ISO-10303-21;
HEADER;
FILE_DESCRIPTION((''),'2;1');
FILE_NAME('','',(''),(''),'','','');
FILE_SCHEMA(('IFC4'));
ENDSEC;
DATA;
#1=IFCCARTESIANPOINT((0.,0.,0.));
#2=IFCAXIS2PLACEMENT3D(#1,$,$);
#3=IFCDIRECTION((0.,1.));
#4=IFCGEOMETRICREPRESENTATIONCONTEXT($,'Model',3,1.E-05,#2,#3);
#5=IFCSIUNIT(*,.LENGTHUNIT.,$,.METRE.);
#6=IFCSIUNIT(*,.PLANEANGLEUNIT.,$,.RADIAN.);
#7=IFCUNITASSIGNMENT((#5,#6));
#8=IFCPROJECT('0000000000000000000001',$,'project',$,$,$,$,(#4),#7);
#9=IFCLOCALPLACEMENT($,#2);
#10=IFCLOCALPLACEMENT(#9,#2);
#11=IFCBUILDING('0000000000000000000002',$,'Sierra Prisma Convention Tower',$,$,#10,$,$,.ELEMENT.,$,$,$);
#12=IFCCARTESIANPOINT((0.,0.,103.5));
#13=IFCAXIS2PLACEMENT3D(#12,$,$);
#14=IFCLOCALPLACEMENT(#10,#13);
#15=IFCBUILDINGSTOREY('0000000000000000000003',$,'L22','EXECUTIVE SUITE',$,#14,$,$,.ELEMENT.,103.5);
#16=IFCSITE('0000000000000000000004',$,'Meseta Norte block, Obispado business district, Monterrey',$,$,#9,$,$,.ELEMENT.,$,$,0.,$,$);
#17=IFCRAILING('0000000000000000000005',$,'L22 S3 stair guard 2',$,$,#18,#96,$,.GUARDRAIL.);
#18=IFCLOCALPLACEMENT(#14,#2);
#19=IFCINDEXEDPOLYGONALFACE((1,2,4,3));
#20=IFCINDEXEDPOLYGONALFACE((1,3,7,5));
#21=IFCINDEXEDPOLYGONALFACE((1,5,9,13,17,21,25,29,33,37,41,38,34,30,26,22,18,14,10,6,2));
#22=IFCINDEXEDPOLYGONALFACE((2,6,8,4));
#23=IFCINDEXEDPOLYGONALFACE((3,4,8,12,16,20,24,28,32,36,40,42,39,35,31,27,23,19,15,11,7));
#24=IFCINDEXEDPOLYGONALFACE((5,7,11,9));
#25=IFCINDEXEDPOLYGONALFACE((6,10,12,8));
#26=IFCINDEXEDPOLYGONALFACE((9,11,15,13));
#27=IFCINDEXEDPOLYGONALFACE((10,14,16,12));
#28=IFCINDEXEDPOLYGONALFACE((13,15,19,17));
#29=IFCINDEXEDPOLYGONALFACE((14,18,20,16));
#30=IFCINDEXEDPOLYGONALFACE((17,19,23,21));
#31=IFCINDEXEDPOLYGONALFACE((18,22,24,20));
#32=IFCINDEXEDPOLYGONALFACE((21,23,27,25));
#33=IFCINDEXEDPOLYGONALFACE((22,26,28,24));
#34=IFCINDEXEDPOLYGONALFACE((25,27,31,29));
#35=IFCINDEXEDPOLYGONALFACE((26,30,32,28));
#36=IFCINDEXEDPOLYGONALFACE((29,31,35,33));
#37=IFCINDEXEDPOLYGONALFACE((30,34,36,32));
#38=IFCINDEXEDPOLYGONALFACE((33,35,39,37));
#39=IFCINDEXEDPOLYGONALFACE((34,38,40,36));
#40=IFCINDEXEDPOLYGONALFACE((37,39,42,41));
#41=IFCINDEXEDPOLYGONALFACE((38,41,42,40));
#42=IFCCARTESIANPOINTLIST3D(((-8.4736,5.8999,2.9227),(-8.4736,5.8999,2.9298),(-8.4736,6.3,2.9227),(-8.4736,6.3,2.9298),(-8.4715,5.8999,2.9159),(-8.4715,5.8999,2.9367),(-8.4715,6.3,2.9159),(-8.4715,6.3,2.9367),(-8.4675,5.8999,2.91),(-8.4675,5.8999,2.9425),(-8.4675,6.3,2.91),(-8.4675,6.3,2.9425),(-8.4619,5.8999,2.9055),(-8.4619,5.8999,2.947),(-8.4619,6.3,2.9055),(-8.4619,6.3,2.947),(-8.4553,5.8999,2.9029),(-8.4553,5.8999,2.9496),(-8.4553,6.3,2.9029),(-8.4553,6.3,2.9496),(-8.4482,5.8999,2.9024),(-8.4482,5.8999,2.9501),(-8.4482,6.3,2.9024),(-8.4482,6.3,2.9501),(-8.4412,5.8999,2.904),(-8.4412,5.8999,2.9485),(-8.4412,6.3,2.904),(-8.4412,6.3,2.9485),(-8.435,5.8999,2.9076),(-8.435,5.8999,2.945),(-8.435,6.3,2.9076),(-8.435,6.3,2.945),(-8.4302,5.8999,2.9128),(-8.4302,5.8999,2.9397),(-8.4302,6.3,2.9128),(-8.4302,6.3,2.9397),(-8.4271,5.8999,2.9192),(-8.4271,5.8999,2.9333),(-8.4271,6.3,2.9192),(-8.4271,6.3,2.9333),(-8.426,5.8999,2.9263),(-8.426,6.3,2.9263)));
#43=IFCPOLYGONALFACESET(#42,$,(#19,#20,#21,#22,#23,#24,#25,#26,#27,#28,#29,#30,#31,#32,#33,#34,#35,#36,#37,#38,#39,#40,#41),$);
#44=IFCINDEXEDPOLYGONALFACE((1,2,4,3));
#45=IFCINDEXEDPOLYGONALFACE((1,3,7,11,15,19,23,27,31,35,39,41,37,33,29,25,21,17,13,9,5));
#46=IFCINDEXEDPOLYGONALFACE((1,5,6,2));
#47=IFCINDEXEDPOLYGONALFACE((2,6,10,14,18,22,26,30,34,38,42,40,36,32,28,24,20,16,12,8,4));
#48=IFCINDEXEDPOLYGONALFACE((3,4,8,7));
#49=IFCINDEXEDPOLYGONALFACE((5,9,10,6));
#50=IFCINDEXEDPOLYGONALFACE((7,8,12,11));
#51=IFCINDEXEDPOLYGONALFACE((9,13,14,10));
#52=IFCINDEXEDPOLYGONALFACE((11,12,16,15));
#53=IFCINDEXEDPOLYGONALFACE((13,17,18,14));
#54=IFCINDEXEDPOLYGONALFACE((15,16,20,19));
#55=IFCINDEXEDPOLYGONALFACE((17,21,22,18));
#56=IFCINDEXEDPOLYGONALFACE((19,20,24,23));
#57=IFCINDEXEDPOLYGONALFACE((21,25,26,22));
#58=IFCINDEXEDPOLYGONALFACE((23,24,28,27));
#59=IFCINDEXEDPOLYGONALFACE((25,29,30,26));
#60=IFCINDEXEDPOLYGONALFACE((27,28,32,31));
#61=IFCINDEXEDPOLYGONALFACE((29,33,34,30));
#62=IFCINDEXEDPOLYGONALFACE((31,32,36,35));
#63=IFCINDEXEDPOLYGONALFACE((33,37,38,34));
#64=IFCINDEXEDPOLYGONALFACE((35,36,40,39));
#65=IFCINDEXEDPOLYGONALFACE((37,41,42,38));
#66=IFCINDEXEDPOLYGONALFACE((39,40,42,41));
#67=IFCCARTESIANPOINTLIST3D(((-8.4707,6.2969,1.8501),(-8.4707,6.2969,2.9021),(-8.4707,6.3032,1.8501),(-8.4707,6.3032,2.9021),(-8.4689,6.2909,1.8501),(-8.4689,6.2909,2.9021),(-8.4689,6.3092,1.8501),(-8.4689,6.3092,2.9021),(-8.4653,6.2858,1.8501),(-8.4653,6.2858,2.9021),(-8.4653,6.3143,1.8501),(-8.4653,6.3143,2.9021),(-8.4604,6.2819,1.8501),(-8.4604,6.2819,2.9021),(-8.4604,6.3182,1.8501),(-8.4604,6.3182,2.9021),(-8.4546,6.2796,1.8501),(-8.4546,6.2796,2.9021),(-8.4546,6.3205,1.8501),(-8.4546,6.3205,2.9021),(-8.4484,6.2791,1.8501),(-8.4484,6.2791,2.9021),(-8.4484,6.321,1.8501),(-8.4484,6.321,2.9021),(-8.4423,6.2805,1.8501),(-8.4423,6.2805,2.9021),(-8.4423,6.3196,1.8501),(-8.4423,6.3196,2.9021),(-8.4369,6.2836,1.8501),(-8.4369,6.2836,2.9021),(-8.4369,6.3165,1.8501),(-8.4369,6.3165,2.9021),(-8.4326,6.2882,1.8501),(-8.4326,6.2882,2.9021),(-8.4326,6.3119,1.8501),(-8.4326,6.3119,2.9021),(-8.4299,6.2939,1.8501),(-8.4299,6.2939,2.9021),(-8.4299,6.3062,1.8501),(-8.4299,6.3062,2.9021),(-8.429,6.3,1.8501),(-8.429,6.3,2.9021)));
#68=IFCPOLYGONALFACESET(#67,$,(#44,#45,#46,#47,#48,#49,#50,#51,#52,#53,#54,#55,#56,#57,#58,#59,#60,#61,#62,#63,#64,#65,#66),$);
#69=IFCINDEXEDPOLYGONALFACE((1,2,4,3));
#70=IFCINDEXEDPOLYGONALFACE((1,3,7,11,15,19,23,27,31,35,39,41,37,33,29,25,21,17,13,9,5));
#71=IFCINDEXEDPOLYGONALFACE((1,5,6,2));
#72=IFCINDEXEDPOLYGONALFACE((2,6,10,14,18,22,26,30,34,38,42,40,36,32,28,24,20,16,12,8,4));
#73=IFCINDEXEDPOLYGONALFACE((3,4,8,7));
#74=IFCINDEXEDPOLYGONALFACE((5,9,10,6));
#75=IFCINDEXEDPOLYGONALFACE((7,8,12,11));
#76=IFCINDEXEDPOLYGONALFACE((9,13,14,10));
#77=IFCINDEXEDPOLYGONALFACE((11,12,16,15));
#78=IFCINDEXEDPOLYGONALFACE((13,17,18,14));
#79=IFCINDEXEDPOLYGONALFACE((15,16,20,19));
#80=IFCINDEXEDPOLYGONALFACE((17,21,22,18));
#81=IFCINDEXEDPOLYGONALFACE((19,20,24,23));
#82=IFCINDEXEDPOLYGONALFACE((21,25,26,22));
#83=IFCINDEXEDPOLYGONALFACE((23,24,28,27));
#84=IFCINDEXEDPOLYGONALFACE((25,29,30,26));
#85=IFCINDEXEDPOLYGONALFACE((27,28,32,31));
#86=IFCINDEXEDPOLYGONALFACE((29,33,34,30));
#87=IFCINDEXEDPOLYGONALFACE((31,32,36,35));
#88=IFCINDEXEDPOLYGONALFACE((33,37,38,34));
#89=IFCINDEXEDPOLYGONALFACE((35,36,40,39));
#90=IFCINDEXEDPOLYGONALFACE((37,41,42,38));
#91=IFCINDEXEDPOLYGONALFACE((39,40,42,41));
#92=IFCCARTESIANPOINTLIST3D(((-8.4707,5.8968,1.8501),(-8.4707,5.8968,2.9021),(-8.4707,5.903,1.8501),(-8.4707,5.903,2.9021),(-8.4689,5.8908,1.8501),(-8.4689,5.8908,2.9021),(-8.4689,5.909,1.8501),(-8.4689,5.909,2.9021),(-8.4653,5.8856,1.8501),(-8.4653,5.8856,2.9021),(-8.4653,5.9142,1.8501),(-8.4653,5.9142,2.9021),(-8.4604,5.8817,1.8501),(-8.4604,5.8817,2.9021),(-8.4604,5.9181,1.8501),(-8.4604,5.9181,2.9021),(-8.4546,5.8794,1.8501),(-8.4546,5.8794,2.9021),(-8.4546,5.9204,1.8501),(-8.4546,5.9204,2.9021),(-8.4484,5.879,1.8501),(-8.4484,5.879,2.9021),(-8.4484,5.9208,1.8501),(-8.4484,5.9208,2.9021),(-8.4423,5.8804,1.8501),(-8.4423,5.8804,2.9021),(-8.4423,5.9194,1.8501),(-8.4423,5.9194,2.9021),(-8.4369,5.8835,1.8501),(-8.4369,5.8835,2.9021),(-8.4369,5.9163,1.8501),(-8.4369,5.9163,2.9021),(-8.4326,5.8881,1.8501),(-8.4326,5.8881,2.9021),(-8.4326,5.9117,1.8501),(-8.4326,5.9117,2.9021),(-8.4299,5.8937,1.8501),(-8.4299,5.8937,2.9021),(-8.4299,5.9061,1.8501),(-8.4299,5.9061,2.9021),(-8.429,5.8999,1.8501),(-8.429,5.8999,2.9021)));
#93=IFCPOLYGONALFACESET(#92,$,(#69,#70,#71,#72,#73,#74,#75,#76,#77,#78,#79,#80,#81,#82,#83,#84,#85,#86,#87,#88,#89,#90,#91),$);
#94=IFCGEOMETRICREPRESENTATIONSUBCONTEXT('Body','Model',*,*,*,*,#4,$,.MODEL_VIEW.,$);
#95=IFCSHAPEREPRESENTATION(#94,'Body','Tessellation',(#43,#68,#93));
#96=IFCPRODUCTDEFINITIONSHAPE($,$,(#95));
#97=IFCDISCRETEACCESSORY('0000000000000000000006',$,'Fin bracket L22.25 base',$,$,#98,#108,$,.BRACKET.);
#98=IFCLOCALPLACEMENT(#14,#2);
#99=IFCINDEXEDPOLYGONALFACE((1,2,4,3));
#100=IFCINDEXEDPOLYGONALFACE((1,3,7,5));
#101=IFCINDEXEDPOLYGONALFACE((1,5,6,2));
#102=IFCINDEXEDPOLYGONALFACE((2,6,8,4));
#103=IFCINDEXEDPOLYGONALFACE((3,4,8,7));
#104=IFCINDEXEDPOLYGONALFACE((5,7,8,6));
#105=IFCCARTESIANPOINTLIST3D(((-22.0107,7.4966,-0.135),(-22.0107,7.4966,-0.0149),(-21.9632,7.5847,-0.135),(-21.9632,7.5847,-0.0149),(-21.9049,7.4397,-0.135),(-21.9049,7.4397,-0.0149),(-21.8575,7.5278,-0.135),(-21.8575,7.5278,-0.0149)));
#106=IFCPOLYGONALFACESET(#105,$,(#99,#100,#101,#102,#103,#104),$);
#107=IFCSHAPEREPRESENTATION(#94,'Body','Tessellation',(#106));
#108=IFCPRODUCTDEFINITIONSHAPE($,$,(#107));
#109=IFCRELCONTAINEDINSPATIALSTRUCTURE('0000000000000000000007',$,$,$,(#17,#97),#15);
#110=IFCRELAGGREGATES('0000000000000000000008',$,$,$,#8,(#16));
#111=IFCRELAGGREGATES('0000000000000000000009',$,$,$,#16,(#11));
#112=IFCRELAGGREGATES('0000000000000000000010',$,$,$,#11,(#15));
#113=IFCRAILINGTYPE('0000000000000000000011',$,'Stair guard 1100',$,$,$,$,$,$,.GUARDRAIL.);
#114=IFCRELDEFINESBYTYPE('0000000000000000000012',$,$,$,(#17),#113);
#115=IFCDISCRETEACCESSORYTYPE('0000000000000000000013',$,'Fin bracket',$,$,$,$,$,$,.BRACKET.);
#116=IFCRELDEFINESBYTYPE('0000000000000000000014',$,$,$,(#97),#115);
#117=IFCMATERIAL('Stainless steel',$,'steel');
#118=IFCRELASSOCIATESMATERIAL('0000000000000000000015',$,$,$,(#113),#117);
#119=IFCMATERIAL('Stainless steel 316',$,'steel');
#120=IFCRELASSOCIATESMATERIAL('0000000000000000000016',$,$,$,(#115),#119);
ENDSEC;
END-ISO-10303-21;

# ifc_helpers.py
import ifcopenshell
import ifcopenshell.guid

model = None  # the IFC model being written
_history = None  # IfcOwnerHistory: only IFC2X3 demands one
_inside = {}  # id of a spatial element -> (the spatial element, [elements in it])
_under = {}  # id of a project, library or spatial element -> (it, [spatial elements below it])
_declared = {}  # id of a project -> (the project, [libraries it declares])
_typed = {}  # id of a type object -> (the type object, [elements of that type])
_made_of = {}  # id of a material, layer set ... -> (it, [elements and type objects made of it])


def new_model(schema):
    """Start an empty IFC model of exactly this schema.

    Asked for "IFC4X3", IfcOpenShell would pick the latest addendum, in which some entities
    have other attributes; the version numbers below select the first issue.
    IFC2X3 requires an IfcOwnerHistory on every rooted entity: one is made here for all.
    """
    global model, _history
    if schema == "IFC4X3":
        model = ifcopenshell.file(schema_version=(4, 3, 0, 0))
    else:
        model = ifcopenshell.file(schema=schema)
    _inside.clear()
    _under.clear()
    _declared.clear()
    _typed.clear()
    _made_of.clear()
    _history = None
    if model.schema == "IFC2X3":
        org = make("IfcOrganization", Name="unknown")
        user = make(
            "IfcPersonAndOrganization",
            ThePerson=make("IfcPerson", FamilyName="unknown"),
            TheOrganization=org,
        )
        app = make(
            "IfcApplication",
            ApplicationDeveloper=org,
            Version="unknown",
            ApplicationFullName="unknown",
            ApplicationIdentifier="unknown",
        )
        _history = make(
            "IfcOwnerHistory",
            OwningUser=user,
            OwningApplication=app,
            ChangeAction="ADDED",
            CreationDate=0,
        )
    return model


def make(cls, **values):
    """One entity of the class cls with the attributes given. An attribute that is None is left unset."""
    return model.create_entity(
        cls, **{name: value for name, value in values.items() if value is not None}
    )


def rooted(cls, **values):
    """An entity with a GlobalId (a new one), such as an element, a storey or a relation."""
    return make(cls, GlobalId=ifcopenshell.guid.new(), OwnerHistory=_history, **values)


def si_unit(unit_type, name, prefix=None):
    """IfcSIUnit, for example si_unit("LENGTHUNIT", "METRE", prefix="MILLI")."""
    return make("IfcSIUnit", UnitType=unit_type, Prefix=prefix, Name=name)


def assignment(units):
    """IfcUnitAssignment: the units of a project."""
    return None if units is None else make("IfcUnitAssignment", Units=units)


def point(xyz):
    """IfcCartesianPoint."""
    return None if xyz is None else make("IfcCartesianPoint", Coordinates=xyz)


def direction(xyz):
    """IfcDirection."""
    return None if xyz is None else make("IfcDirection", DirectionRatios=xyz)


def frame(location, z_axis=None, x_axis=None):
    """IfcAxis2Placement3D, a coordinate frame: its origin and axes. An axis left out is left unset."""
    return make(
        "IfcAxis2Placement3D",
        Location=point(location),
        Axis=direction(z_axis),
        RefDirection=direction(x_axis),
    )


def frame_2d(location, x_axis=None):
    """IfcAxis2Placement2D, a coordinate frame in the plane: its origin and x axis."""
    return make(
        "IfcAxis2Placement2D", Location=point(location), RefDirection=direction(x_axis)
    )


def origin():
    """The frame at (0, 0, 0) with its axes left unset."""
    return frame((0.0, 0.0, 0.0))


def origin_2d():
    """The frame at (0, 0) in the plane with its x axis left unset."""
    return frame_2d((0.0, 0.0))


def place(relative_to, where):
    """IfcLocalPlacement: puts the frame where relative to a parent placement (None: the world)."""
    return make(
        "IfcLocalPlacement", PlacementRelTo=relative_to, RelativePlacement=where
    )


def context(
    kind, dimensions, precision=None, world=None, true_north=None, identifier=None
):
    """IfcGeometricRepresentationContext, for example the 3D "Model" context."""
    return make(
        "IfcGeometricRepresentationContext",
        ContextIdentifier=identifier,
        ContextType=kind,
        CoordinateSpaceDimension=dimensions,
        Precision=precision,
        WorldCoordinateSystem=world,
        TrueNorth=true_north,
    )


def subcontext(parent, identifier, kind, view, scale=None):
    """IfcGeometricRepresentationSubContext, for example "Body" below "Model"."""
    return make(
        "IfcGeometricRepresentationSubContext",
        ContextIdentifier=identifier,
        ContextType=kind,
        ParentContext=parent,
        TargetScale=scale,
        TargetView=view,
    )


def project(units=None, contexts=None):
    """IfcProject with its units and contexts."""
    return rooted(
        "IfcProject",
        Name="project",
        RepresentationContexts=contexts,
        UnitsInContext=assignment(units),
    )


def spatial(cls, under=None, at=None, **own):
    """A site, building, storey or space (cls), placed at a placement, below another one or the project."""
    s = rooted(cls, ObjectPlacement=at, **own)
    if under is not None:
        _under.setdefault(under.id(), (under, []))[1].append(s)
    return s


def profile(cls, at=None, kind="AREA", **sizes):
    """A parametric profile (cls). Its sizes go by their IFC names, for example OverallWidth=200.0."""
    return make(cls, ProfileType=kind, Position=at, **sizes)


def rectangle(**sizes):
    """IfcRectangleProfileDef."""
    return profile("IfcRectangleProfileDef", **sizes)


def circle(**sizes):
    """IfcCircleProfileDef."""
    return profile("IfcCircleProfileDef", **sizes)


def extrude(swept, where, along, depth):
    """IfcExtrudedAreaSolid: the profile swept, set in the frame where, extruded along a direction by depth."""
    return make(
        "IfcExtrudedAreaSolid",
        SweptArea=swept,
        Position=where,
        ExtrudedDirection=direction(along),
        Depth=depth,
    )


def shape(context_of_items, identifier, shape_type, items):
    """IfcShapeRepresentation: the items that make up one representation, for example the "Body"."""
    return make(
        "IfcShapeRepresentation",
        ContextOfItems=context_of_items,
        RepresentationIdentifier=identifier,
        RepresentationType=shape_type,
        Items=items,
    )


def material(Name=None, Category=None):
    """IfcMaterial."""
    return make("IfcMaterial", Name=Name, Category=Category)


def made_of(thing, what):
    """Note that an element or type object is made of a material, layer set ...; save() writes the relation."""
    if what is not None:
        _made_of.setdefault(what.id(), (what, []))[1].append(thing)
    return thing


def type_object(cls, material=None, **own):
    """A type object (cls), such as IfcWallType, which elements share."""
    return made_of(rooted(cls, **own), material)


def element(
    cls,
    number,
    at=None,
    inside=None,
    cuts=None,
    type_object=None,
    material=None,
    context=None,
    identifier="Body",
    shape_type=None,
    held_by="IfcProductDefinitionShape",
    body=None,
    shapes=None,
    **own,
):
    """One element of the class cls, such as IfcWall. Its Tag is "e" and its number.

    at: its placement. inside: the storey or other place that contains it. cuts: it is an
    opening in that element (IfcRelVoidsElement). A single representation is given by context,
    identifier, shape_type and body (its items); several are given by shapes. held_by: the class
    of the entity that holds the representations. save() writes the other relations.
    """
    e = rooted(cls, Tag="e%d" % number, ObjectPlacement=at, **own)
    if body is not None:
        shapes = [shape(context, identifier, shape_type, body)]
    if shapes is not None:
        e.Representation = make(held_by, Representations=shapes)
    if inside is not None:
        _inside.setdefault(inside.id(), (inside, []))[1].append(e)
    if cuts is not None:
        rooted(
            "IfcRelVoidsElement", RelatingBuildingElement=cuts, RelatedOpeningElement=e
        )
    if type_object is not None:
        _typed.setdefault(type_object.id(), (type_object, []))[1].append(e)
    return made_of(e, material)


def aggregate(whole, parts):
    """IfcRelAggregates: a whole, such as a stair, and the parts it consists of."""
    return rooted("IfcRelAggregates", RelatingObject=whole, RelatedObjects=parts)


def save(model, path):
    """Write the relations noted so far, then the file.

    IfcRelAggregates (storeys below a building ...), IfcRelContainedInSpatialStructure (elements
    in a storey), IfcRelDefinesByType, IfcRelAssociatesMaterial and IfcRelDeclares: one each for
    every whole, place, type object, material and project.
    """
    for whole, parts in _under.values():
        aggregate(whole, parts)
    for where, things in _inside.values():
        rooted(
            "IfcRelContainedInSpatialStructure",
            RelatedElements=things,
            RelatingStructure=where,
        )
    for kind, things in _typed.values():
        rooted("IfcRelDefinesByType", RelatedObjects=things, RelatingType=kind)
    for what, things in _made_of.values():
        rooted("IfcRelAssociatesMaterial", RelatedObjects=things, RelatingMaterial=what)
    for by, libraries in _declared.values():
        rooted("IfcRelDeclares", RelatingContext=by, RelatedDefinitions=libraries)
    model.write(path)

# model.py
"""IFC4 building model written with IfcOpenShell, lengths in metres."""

from ifc_helpers import new_model, si_unit, direction, frame, origin, origin_2d, place, context, subcontext, project, spatial, rectangle, circle, extrude, material, type_object, element, save


model = new_model("IFC4")

# Units and contexts
model_context = context("Model", 3, precision=1e-05, world=origin(), true_north=direction((0.0, 1.0)))
body_context = subcontext(model_context, "Body", "Model", "MODEL_VIEW")
ifc_project = project(units=[si_unit("LENGTHUNIT", "METRE"), si_unit("PLANEANGLEUNIT", "RADIAN")], contexts=[model_context])

# Site, building, storey
site_placement = place(None, origin())
site = spatial("IfcSite", under=ifc_project, at=site_placement, Name="Meseta Norte block, Obispado business district, Monterrey", CompositionType="ELEMENT", RefElevation=0.0)
building_placement = place(site_placement, origin())
building = spatial("IfcBuilding", under=site, at=building_placement, Name="Sierra Prisma Convention Tower", CompositionType="ELEMENT")
storey_placement = place(building_placement, frame((0.0, 0.0, 103.5)))
storey = spatial("IfcBuildingStorey", under=building, at=storey_placement, Name="L22", Description="EXECUTIVE SUITE", CompositionType="ELEMENT", Elevation=103.5)

# Railing
ifc_material_1 = material(Name="Stainless steel", Category="steel")
railing_type_1 = type_object("IfcRailingType", Name="Stair guard 1100", PredefinedType="GUARDRAIL", material=ifc_material_1)
railing_1_placement = place(storey_placement, frame((-8.45, 6.3, 1.8501)))
element("IfcRailing", 1, at=railing_1_placement, inside=storey, type_object=railing_type_1, Name="L22 S3 stair guard 2", PredefinedType="GUARDRAIL", context=body_context, shape_type="SweptSolid", body=[
    extrude(circle(Radius=0.0239, at=origin_2d()), frame((0.0, 0.0, 1.0762), z_axis=(0.0, -1.0, 0.0), x_axis=(1.0, 0.0, 0.0)), (0.0, 0.0, 1.0), 0.4001),
    extrude(circle(Radius=0.021, at=origin_2d()), origin(), (0.0, 0.0, 1.0), 1.052),
    extrude(circle(Radius=0.021, at=origin_2d()), frame((0.0, -0.4001, 0.0)), (0.0, 0.0, 1.0), 1.052),
])

# Discrete accessory
ifc_material_2 = material(Name="Stainless steel 316", Category="steel")
discrete_accessory_type = type_object("IfcDiscreteAccessoryType", Name="Fin bracket", PredefinedType="BRACKET", material=ifc_material_2)
discrete_accessory_placement = place(storey_placement, frame((-21.9341, 7.5122, -0.135), z_axis=(0.0, 0.0, 1.0), x_axis=(-0.880452, 0.474135, 0.0)))
element("IfcDiscreteAccessory", 2, at=discrete_accessory_placement, inside=storey, type_object=discrete_accessory_type, Name="Fin bracket L22.25 base", PredefinedType="BRACKET", context=body_context, shape_type="SweptSolid", body=[
    extrude(rectangle(XDim=0.1201, YDim=0.1001, at=origin_2d()), origin(), (0.0, 0.0, 1.0), 0.1201),
])

save(model, "model.ifc")
